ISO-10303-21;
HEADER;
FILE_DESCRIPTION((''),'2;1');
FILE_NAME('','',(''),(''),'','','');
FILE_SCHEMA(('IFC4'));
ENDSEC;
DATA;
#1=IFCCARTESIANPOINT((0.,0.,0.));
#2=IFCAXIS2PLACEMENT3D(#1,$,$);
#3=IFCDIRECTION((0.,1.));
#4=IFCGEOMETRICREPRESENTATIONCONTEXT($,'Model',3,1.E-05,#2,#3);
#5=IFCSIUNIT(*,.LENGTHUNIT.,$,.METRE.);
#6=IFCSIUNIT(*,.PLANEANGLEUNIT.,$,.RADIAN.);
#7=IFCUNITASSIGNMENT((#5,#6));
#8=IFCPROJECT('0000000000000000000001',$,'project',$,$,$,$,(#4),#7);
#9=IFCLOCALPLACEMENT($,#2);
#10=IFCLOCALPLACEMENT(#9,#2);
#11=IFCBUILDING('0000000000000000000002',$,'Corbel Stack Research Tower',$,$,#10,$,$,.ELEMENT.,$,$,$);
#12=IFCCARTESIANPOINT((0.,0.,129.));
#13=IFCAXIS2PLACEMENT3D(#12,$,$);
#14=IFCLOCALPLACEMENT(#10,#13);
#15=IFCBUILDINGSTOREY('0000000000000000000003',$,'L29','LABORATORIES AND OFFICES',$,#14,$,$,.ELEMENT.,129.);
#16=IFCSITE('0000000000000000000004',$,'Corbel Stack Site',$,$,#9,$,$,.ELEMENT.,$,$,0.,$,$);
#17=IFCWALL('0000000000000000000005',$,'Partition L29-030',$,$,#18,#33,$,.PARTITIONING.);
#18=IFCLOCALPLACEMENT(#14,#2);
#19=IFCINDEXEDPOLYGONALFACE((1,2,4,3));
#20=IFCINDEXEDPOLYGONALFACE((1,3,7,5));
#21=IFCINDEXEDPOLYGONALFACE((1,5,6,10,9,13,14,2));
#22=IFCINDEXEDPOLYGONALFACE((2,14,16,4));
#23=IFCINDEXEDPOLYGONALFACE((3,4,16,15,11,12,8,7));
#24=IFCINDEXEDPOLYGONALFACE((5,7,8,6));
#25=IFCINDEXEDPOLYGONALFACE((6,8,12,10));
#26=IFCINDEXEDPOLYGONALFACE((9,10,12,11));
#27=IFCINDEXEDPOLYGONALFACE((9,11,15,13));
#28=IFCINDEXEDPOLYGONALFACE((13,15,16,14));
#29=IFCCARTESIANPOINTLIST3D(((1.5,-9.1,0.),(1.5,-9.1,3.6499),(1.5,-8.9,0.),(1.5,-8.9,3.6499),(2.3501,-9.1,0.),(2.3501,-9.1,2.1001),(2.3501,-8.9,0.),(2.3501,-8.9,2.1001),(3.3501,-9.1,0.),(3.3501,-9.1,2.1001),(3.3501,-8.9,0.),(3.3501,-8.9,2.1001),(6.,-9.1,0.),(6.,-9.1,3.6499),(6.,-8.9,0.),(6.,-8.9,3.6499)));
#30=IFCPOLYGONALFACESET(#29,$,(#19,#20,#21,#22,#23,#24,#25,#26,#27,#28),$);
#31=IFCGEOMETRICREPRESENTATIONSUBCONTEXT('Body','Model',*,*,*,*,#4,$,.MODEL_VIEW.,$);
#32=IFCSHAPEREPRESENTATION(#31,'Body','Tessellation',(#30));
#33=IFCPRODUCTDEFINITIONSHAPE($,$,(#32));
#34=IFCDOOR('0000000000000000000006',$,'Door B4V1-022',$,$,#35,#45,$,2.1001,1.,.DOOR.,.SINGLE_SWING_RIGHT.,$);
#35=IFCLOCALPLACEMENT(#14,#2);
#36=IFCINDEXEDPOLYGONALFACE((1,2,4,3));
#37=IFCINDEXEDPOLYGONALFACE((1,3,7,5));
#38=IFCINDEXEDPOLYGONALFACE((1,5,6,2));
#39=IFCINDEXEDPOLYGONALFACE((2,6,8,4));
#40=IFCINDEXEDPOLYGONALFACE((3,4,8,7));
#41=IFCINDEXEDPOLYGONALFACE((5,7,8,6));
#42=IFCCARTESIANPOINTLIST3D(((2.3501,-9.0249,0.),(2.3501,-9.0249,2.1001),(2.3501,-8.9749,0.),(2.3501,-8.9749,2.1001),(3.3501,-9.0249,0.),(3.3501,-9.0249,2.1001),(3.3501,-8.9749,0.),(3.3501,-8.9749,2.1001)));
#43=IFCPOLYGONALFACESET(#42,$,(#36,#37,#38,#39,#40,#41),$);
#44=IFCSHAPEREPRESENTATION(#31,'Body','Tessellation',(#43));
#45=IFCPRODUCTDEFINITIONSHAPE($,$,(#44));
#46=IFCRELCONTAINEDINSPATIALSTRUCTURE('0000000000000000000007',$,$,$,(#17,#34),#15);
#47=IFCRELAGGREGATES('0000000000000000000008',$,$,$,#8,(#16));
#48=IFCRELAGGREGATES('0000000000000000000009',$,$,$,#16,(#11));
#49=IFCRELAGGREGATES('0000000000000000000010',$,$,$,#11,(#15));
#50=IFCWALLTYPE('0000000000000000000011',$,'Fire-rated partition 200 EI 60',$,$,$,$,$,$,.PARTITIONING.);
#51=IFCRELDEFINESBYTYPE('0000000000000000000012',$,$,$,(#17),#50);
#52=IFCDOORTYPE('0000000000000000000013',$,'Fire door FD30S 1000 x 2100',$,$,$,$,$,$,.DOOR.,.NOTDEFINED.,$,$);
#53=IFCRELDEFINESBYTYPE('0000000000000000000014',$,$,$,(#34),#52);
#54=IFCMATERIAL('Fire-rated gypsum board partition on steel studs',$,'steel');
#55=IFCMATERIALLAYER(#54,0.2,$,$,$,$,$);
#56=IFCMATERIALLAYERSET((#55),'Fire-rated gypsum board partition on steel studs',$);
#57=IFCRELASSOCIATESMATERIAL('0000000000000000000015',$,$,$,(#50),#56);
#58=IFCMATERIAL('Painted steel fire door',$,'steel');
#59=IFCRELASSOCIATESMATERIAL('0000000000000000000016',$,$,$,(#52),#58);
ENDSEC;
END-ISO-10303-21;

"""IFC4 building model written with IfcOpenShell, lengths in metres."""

from ifc_helpers import new_model, si_unit, direction, frame, frame_2d, origin, place, context, subcontext, project, spatial, rectangle, extrude, material, layer, layer_set, type_object, element, fill, save


model = new_model("IFC4")

# Units and contexts
model_context = context("Model", 3, precision=1e-05, world=origin(), true_north=direction((0.0, 1.0)))
body_context = subcontext(model_context, "Body", "Model", "MODEL_VIEW")
ifc_project = project(units=[si_unit("LENGTHUNIT", "METRE"), si_unit("PLANEANGLEUNIT", "RADIAN")], contexts=[model_context])

# Site, building, storey
site_placement = place(None, origin())
site = spatial("IfcSite", under=ifc_project, at=site_placement, Name="Corbel Stack Site", CompositionType="ELEMENT", RefElevation=0.0)
building_placement = place(site_placement, origin())
building = spatial("IfcBuilding", under=site, at=building_placement, Name="Corbel Stack Research Tower", CompositionType="ELEMENT")
storey_placement = place(building_placement, frame((0.0, 0.0, 129.0)))
storey = spatial("IfcBuildingStorey", under=building, at=storey_placement, Name="L29", Description="LABORATORIES AND OFFICES", CompositionType="ELEMENT", Elevation=129.0)

# Shared definitions
ifc_material_1 = material(Name="Fire-rated gypsum board partition on steel studs", Category="steel")
ifc_layer_1 = layer(ifc_material_1, 0.2)
ifc_layer_set_1 = layer_set([ifc_layer_1], Name="Fire-rated gypsum board partition on steel studs")
wall_type_1 = type_object("IfcWallType", Name="Fire-rated partition 200 EI 60", PredefinedType="PARTITIONING", material=ifc_layer_set_1)

# Wall, opening, door
wall_1_placement = place(storey_placement, frame((6.0, -9.0, 0.0), z_axis=(0.0, 0.0, 1.0), x_axis=(-1.0, 0.0, 0.0)))
wall_1 = element("IfcWall", 1, at=wall_1_placement, inside=storey, type_object=wall_type_1, Name="Partition L29-030", PredefinedType="PARTITIONING", context=body_context, shape_type="SweptSolid", body=[
    extrude(rectangle(XDim=4.5, YDim=0.2, at=frame_2d((2.25, 0.0))), origin(), (0.0, 0.0, 1.0), 3.6499),
])
opening_1_placement = place(wall_1_placement, frame((2.6499, 0.0, 0.0)))
opening_1 = element("IfcOpeningElement", 2, at=opening_1_placement, cuts=wall_1, PredefinedType="OPENING", context=body_context, shape_type="SweptSolid", body=[
    extrude(rectangle(XDim=1.0, YDim=2.1001, at=frame_2d((0.5, 1.05))), frame((0.0, 0.1099, 0.0), z_axis=(0.0, -1.0, 0.0), x_axis=(1.0, 0.0, 0.0)), (0.0, 0.0, 1.0), 0.22),
])
ifc_material_2 = material(Name="Painted steel fire door", Category="steel")
door_type_1 = type_object("IfcDoorType", Name="Fire door FD30S 1000 x 2100", OperationType="NOTDEFINED", PredefinedType="DOOR", material=ifc_material_2)
door_1_placement = place(opening_1_placement, origin())
door_1 = element("IfcDoor", 3, at=door_1_placement, inside=storey, type_object=door_type_1, Name="Door B4V1-022", OperationType="SINGLE_SWING_RIGHT", OverallHeight=2.1001, OverallWidth=1.0, PredefinedType="DOOR", context=body_context, shape_type="SweptSolid", body=[
    extrude(rectangle(XDim=1.0, YDim=2.1001, at=frame_2d((0.5, 1.05))), frame((0.0, 0.0249, 0.0), z_axis=(0.0, -1.0, 0.0), x_axis=(1.0, 0.0, 0.0)), (0.0, 0.0, 1.0), 0.05),
])
fill(opening_1, door_1)

save(model, "model.ifc")
